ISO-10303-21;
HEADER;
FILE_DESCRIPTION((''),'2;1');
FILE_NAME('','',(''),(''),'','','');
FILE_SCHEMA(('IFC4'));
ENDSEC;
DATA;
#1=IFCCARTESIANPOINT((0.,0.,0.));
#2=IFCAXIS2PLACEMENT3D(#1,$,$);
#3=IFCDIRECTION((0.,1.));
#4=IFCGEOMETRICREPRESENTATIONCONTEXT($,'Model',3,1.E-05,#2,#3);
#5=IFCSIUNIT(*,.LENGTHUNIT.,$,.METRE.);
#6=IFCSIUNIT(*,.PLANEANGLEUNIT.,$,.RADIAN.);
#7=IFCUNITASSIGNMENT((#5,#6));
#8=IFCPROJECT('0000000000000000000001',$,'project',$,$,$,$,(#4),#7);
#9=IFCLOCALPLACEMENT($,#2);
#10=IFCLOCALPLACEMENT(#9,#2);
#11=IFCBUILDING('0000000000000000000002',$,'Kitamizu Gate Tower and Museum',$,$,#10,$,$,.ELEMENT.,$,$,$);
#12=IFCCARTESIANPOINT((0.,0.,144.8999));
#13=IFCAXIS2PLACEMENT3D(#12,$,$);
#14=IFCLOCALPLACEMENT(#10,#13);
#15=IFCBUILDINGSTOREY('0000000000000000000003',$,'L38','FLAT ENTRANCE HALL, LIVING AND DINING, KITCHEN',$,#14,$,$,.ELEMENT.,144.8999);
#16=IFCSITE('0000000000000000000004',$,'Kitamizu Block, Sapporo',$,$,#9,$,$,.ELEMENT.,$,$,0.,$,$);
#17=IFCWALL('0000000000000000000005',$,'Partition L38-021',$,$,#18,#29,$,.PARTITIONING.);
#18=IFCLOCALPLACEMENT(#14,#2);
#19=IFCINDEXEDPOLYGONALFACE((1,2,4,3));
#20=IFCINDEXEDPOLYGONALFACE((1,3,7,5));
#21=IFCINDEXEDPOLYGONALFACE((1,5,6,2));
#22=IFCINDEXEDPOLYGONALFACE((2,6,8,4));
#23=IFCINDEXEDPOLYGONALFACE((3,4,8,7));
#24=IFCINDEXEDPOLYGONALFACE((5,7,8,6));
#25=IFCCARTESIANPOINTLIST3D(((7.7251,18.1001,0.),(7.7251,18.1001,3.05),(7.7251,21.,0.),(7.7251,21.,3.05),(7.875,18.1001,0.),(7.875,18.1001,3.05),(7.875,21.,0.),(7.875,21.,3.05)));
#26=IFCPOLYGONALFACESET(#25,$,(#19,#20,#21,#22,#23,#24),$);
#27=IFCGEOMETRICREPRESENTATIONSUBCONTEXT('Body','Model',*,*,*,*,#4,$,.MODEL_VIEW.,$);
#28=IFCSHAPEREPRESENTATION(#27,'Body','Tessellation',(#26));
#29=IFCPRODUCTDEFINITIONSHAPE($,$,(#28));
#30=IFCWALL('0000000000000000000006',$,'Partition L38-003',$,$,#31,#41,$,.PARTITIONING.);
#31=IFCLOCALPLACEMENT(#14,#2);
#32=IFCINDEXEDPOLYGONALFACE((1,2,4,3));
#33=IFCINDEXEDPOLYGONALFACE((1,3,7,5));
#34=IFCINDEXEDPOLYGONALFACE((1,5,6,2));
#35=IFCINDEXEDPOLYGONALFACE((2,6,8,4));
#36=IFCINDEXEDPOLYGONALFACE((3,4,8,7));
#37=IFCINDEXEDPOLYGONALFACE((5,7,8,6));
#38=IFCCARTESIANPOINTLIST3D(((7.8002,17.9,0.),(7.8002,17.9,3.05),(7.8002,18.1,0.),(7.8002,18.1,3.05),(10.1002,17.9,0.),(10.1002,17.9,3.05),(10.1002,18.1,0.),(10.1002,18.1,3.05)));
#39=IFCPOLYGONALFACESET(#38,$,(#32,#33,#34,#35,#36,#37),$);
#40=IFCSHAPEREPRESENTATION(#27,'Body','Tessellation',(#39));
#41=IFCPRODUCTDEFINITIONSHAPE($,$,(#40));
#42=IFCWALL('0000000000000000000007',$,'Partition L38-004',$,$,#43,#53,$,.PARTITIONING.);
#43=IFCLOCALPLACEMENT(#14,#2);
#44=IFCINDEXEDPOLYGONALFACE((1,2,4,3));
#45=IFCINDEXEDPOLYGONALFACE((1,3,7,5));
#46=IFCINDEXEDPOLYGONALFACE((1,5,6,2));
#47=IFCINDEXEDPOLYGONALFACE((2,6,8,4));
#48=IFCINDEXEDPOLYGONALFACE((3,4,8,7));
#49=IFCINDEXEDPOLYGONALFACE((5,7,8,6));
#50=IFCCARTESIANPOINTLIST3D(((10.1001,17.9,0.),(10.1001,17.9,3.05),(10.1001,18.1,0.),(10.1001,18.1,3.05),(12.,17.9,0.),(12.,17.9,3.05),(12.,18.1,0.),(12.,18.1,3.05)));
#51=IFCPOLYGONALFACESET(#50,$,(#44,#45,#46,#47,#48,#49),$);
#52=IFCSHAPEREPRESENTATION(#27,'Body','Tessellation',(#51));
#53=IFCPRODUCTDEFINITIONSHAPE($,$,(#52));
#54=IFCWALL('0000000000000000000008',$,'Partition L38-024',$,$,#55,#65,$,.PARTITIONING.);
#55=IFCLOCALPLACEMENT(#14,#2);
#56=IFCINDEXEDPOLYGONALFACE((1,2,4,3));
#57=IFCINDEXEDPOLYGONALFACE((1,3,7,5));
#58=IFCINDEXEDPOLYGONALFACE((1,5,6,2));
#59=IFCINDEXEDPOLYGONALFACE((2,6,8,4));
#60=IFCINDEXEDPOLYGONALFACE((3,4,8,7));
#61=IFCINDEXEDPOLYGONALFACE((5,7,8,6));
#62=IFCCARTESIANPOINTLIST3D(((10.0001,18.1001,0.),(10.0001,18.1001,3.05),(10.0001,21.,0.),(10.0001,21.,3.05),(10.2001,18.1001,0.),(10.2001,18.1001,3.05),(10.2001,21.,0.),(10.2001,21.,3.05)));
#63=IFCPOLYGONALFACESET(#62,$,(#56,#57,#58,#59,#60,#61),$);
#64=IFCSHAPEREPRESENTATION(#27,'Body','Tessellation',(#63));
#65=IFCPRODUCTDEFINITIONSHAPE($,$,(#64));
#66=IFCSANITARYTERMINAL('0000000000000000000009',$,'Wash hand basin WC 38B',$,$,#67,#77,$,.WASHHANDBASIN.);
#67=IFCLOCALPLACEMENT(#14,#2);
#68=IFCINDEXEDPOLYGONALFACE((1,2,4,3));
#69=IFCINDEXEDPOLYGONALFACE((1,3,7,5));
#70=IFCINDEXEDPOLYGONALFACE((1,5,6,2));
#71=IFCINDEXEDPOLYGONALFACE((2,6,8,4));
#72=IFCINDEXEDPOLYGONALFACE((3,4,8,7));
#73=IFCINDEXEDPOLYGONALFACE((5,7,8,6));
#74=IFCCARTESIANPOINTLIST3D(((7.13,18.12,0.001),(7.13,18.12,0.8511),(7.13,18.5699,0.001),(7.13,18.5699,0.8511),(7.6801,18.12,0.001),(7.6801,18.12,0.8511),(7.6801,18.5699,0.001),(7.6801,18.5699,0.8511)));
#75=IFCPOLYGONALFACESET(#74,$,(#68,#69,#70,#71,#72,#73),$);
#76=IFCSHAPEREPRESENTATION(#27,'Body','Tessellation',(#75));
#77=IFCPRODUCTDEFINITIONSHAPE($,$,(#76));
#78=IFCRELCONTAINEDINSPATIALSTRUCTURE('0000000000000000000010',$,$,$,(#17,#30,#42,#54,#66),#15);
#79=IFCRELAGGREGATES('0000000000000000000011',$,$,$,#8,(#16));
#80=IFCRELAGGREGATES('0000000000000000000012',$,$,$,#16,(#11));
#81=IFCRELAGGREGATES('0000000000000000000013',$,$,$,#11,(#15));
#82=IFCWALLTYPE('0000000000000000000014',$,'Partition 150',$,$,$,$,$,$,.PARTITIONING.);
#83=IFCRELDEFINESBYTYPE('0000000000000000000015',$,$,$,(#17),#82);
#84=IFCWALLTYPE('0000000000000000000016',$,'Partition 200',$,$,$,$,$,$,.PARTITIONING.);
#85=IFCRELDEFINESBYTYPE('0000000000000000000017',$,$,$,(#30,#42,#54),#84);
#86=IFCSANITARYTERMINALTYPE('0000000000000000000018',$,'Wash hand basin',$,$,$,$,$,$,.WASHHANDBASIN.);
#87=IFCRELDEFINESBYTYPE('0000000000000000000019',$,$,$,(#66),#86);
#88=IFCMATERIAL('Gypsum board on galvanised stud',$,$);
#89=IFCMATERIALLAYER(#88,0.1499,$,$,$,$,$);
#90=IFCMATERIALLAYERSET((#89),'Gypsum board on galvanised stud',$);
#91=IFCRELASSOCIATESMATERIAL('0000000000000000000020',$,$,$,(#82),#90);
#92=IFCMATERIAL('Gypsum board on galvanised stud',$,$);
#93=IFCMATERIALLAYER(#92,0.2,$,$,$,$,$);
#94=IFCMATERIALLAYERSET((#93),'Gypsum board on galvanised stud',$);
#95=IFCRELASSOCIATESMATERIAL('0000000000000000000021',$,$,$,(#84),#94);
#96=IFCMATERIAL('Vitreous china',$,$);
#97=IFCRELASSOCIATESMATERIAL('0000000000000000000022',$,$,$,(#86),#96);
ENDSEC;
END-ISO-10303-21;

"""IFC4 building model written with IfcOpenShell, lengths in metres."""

from ifc_helpers import new_model, si_unit, direction, frame, frame_2d, origin, origin_2d, place, context, subcontext, project, spatial, rectangle, extrude, material, layer, layer_set, type_object, element, save


model = new_model("IFC4")

# Units and contexts
model_context = context("Model", 3, precision=1e-05, world=origin(), true_north=direction((0.0, 1.0)))
body_context = subcontext(model_context, "Body", "Model", "MODEL_VIEW")
ifc_project = project(units=[si_unit("LENGTHUNIT", "METRE"), si_unit("PLANEANGLEUNIT", "RADIAN")], contexts=[model_context])

# Site, building, storey
site_placement = place(None, origin())
site = spatial("IfcSite", under=ifc_project, at=site_placement, Name="Kitamizu Block, Sapporo", CompositionType="ELEMENT", RefElevation=0.0)
building_placement = place(site_placement, origin())
building = spatial("IfcBuilding", under=site, at=building_placement, Name="Kitamizu Gate Tower and Museum", CompositionType="ELEMENT")
storey_placement = place(building_placement, frame((0.0, 0.0, 144.8999)))
storey = spatial("IfcBuildingStorey", under=building, at=storey_placement, Name="L38", Description="FLAT ENTRANCE HALL, LIVING AND DINING, KITCHEN", CompositionType="ELEMENT", Elevation=144.8999)

# Walls
ifc_material_1 = material(Name="Gypsum board on galvanised stud")
ifc_layer_1 = layer(ifc_material_1, 0.1499)
ifc_layer_set_1 = layer_set([ifc_layer_1], Name="Gypsum board on galvanised stud")
wall_type_1 = type_object("IfcWallType", Name="Partition 150", PredefinedType="PARTITIONING", material=ifc_layer_set_1)
wall_1_placement = place(storey_placement, frame((7.8, 18.1001, 0.0), z_axis=(0.0, 0.0, 1.0), x_axis=(0.0, 1.0, 0.0)))
element("IfcWall", 1, at=wall_1_placement, inside=storey, type_object=wall_type_1, Name="Partition L38-021", PredefinedType="PARTITIONING", context=body_context, shape_type="SweptSolid", body=[
    extrude(rectangle(XDim=2.8999, YDim=0.1499, at=frame_2d((1.45, 0.0))), origin(), (0.0, 0.0, 1.0), 3.05),
])
ifc_material_2 = material(Name="Gypsum board on galvanised stud")
ifc_layer_2 = layer(ifc_material_2, 0.2)
ifc_layer_set_2 = layer_set([ifc_layer_2], Name="Gypsum board on galvanised stud")
wall_type_2 = type_object("IfcWallType", Name="Partition 200", PredefinedType="PARTITIONING", material=ifc_layer_set_2)
wall_2_placement = place(storey_placement, frame((10.1001, 18.0, 0.0), z_axis=(0.0, 0.0, 1.0), x_axis=(-1.0, 0.0, 0.0)))
element("IfcWall", 2, at=wall_2_placement, inside=storey, type_object=wall_type_2, Name="Partition L38-003", PredefinedType="PARTITIONING", context=body_context, shape_type="SweptSolid", body=[
    extrude(rectangle(XDim=2.3, YDim=0.2, at=frame_2d((1.1499, 0.0))), origin(), (0.0, 0.0, 1.0), 3.05),
])
wall_3_placement = place(storey_placement, frame((12.0, 18.0, 0.0), z_axis=(0.0, 0.0, 1.0), x_axis=(-1.0, 0.0, 0.0)))
element("IfcWall", 3, at=wall_3_placement, inside=storey, type_object=wall_type_2, Name="Partition L38-004", PredefinedType="PARTITIONING", context=body_context, shape_type="SweptSolid", body=[
    extrude(rectangle(XDim=1.8999, YDim=0.2, at=frame_2d((0.95, 0.0))), origin(), (0.0, 0.0, 1.0), 3.05),
])
wall_4_placement = place(storey_placement, frame((10.1001, 18.1001, 0.0), z_axis=(0.0, 0.0, 1.0), x_axis=(0.0, 1.0, 0.0)))
element("IfcWall", 4, at=wall_4_placement, inside=storey, type_object=wall_type_2, Name="Partition L38-024", PredefinedType="PARTITIONING", context=body_context, shape_type="SweptSolid", body=[
    extrude(rectangle(XDim=2.8999, YDim=0.2, at=frame_2d((1.45, 0.0))), origin(), (0.0, 0.0, 1.0), 3.05),
])

# Sanitary terminal
ifc_material_3 = material(Name="Vitreous china")
sanitary_terminal_type = type_object("IfcSanitaryTerminalType", Name="Wash hand basin", PredefinedType="WASHHANDBASIN", material=ifc_material_3)
sanitary_terminal_placement = place(storey_placement, frame((7.405, 18.345, 0.001), z_axis=(0.0, 0.0, 1.0), x_axis=(1.0, 0.0, 0.0)))
element("IfcSanitaryTerminal", 5, at=sanitary_terminal_placement, inside=storey, type_object=sanitary_terminal_type, Name="Wash hand basin WC 38B", PredefinedType="WASHHANDBASIN", context=body_context, shape_type="SweptSolid", body=[
    extrude(rectangle(XDim=0.55, YDim=0.45, at=origin_2d()), origin(), (0.0, 0.0, 1.0), 0.8501),
])

save(model, "model.ifc")
